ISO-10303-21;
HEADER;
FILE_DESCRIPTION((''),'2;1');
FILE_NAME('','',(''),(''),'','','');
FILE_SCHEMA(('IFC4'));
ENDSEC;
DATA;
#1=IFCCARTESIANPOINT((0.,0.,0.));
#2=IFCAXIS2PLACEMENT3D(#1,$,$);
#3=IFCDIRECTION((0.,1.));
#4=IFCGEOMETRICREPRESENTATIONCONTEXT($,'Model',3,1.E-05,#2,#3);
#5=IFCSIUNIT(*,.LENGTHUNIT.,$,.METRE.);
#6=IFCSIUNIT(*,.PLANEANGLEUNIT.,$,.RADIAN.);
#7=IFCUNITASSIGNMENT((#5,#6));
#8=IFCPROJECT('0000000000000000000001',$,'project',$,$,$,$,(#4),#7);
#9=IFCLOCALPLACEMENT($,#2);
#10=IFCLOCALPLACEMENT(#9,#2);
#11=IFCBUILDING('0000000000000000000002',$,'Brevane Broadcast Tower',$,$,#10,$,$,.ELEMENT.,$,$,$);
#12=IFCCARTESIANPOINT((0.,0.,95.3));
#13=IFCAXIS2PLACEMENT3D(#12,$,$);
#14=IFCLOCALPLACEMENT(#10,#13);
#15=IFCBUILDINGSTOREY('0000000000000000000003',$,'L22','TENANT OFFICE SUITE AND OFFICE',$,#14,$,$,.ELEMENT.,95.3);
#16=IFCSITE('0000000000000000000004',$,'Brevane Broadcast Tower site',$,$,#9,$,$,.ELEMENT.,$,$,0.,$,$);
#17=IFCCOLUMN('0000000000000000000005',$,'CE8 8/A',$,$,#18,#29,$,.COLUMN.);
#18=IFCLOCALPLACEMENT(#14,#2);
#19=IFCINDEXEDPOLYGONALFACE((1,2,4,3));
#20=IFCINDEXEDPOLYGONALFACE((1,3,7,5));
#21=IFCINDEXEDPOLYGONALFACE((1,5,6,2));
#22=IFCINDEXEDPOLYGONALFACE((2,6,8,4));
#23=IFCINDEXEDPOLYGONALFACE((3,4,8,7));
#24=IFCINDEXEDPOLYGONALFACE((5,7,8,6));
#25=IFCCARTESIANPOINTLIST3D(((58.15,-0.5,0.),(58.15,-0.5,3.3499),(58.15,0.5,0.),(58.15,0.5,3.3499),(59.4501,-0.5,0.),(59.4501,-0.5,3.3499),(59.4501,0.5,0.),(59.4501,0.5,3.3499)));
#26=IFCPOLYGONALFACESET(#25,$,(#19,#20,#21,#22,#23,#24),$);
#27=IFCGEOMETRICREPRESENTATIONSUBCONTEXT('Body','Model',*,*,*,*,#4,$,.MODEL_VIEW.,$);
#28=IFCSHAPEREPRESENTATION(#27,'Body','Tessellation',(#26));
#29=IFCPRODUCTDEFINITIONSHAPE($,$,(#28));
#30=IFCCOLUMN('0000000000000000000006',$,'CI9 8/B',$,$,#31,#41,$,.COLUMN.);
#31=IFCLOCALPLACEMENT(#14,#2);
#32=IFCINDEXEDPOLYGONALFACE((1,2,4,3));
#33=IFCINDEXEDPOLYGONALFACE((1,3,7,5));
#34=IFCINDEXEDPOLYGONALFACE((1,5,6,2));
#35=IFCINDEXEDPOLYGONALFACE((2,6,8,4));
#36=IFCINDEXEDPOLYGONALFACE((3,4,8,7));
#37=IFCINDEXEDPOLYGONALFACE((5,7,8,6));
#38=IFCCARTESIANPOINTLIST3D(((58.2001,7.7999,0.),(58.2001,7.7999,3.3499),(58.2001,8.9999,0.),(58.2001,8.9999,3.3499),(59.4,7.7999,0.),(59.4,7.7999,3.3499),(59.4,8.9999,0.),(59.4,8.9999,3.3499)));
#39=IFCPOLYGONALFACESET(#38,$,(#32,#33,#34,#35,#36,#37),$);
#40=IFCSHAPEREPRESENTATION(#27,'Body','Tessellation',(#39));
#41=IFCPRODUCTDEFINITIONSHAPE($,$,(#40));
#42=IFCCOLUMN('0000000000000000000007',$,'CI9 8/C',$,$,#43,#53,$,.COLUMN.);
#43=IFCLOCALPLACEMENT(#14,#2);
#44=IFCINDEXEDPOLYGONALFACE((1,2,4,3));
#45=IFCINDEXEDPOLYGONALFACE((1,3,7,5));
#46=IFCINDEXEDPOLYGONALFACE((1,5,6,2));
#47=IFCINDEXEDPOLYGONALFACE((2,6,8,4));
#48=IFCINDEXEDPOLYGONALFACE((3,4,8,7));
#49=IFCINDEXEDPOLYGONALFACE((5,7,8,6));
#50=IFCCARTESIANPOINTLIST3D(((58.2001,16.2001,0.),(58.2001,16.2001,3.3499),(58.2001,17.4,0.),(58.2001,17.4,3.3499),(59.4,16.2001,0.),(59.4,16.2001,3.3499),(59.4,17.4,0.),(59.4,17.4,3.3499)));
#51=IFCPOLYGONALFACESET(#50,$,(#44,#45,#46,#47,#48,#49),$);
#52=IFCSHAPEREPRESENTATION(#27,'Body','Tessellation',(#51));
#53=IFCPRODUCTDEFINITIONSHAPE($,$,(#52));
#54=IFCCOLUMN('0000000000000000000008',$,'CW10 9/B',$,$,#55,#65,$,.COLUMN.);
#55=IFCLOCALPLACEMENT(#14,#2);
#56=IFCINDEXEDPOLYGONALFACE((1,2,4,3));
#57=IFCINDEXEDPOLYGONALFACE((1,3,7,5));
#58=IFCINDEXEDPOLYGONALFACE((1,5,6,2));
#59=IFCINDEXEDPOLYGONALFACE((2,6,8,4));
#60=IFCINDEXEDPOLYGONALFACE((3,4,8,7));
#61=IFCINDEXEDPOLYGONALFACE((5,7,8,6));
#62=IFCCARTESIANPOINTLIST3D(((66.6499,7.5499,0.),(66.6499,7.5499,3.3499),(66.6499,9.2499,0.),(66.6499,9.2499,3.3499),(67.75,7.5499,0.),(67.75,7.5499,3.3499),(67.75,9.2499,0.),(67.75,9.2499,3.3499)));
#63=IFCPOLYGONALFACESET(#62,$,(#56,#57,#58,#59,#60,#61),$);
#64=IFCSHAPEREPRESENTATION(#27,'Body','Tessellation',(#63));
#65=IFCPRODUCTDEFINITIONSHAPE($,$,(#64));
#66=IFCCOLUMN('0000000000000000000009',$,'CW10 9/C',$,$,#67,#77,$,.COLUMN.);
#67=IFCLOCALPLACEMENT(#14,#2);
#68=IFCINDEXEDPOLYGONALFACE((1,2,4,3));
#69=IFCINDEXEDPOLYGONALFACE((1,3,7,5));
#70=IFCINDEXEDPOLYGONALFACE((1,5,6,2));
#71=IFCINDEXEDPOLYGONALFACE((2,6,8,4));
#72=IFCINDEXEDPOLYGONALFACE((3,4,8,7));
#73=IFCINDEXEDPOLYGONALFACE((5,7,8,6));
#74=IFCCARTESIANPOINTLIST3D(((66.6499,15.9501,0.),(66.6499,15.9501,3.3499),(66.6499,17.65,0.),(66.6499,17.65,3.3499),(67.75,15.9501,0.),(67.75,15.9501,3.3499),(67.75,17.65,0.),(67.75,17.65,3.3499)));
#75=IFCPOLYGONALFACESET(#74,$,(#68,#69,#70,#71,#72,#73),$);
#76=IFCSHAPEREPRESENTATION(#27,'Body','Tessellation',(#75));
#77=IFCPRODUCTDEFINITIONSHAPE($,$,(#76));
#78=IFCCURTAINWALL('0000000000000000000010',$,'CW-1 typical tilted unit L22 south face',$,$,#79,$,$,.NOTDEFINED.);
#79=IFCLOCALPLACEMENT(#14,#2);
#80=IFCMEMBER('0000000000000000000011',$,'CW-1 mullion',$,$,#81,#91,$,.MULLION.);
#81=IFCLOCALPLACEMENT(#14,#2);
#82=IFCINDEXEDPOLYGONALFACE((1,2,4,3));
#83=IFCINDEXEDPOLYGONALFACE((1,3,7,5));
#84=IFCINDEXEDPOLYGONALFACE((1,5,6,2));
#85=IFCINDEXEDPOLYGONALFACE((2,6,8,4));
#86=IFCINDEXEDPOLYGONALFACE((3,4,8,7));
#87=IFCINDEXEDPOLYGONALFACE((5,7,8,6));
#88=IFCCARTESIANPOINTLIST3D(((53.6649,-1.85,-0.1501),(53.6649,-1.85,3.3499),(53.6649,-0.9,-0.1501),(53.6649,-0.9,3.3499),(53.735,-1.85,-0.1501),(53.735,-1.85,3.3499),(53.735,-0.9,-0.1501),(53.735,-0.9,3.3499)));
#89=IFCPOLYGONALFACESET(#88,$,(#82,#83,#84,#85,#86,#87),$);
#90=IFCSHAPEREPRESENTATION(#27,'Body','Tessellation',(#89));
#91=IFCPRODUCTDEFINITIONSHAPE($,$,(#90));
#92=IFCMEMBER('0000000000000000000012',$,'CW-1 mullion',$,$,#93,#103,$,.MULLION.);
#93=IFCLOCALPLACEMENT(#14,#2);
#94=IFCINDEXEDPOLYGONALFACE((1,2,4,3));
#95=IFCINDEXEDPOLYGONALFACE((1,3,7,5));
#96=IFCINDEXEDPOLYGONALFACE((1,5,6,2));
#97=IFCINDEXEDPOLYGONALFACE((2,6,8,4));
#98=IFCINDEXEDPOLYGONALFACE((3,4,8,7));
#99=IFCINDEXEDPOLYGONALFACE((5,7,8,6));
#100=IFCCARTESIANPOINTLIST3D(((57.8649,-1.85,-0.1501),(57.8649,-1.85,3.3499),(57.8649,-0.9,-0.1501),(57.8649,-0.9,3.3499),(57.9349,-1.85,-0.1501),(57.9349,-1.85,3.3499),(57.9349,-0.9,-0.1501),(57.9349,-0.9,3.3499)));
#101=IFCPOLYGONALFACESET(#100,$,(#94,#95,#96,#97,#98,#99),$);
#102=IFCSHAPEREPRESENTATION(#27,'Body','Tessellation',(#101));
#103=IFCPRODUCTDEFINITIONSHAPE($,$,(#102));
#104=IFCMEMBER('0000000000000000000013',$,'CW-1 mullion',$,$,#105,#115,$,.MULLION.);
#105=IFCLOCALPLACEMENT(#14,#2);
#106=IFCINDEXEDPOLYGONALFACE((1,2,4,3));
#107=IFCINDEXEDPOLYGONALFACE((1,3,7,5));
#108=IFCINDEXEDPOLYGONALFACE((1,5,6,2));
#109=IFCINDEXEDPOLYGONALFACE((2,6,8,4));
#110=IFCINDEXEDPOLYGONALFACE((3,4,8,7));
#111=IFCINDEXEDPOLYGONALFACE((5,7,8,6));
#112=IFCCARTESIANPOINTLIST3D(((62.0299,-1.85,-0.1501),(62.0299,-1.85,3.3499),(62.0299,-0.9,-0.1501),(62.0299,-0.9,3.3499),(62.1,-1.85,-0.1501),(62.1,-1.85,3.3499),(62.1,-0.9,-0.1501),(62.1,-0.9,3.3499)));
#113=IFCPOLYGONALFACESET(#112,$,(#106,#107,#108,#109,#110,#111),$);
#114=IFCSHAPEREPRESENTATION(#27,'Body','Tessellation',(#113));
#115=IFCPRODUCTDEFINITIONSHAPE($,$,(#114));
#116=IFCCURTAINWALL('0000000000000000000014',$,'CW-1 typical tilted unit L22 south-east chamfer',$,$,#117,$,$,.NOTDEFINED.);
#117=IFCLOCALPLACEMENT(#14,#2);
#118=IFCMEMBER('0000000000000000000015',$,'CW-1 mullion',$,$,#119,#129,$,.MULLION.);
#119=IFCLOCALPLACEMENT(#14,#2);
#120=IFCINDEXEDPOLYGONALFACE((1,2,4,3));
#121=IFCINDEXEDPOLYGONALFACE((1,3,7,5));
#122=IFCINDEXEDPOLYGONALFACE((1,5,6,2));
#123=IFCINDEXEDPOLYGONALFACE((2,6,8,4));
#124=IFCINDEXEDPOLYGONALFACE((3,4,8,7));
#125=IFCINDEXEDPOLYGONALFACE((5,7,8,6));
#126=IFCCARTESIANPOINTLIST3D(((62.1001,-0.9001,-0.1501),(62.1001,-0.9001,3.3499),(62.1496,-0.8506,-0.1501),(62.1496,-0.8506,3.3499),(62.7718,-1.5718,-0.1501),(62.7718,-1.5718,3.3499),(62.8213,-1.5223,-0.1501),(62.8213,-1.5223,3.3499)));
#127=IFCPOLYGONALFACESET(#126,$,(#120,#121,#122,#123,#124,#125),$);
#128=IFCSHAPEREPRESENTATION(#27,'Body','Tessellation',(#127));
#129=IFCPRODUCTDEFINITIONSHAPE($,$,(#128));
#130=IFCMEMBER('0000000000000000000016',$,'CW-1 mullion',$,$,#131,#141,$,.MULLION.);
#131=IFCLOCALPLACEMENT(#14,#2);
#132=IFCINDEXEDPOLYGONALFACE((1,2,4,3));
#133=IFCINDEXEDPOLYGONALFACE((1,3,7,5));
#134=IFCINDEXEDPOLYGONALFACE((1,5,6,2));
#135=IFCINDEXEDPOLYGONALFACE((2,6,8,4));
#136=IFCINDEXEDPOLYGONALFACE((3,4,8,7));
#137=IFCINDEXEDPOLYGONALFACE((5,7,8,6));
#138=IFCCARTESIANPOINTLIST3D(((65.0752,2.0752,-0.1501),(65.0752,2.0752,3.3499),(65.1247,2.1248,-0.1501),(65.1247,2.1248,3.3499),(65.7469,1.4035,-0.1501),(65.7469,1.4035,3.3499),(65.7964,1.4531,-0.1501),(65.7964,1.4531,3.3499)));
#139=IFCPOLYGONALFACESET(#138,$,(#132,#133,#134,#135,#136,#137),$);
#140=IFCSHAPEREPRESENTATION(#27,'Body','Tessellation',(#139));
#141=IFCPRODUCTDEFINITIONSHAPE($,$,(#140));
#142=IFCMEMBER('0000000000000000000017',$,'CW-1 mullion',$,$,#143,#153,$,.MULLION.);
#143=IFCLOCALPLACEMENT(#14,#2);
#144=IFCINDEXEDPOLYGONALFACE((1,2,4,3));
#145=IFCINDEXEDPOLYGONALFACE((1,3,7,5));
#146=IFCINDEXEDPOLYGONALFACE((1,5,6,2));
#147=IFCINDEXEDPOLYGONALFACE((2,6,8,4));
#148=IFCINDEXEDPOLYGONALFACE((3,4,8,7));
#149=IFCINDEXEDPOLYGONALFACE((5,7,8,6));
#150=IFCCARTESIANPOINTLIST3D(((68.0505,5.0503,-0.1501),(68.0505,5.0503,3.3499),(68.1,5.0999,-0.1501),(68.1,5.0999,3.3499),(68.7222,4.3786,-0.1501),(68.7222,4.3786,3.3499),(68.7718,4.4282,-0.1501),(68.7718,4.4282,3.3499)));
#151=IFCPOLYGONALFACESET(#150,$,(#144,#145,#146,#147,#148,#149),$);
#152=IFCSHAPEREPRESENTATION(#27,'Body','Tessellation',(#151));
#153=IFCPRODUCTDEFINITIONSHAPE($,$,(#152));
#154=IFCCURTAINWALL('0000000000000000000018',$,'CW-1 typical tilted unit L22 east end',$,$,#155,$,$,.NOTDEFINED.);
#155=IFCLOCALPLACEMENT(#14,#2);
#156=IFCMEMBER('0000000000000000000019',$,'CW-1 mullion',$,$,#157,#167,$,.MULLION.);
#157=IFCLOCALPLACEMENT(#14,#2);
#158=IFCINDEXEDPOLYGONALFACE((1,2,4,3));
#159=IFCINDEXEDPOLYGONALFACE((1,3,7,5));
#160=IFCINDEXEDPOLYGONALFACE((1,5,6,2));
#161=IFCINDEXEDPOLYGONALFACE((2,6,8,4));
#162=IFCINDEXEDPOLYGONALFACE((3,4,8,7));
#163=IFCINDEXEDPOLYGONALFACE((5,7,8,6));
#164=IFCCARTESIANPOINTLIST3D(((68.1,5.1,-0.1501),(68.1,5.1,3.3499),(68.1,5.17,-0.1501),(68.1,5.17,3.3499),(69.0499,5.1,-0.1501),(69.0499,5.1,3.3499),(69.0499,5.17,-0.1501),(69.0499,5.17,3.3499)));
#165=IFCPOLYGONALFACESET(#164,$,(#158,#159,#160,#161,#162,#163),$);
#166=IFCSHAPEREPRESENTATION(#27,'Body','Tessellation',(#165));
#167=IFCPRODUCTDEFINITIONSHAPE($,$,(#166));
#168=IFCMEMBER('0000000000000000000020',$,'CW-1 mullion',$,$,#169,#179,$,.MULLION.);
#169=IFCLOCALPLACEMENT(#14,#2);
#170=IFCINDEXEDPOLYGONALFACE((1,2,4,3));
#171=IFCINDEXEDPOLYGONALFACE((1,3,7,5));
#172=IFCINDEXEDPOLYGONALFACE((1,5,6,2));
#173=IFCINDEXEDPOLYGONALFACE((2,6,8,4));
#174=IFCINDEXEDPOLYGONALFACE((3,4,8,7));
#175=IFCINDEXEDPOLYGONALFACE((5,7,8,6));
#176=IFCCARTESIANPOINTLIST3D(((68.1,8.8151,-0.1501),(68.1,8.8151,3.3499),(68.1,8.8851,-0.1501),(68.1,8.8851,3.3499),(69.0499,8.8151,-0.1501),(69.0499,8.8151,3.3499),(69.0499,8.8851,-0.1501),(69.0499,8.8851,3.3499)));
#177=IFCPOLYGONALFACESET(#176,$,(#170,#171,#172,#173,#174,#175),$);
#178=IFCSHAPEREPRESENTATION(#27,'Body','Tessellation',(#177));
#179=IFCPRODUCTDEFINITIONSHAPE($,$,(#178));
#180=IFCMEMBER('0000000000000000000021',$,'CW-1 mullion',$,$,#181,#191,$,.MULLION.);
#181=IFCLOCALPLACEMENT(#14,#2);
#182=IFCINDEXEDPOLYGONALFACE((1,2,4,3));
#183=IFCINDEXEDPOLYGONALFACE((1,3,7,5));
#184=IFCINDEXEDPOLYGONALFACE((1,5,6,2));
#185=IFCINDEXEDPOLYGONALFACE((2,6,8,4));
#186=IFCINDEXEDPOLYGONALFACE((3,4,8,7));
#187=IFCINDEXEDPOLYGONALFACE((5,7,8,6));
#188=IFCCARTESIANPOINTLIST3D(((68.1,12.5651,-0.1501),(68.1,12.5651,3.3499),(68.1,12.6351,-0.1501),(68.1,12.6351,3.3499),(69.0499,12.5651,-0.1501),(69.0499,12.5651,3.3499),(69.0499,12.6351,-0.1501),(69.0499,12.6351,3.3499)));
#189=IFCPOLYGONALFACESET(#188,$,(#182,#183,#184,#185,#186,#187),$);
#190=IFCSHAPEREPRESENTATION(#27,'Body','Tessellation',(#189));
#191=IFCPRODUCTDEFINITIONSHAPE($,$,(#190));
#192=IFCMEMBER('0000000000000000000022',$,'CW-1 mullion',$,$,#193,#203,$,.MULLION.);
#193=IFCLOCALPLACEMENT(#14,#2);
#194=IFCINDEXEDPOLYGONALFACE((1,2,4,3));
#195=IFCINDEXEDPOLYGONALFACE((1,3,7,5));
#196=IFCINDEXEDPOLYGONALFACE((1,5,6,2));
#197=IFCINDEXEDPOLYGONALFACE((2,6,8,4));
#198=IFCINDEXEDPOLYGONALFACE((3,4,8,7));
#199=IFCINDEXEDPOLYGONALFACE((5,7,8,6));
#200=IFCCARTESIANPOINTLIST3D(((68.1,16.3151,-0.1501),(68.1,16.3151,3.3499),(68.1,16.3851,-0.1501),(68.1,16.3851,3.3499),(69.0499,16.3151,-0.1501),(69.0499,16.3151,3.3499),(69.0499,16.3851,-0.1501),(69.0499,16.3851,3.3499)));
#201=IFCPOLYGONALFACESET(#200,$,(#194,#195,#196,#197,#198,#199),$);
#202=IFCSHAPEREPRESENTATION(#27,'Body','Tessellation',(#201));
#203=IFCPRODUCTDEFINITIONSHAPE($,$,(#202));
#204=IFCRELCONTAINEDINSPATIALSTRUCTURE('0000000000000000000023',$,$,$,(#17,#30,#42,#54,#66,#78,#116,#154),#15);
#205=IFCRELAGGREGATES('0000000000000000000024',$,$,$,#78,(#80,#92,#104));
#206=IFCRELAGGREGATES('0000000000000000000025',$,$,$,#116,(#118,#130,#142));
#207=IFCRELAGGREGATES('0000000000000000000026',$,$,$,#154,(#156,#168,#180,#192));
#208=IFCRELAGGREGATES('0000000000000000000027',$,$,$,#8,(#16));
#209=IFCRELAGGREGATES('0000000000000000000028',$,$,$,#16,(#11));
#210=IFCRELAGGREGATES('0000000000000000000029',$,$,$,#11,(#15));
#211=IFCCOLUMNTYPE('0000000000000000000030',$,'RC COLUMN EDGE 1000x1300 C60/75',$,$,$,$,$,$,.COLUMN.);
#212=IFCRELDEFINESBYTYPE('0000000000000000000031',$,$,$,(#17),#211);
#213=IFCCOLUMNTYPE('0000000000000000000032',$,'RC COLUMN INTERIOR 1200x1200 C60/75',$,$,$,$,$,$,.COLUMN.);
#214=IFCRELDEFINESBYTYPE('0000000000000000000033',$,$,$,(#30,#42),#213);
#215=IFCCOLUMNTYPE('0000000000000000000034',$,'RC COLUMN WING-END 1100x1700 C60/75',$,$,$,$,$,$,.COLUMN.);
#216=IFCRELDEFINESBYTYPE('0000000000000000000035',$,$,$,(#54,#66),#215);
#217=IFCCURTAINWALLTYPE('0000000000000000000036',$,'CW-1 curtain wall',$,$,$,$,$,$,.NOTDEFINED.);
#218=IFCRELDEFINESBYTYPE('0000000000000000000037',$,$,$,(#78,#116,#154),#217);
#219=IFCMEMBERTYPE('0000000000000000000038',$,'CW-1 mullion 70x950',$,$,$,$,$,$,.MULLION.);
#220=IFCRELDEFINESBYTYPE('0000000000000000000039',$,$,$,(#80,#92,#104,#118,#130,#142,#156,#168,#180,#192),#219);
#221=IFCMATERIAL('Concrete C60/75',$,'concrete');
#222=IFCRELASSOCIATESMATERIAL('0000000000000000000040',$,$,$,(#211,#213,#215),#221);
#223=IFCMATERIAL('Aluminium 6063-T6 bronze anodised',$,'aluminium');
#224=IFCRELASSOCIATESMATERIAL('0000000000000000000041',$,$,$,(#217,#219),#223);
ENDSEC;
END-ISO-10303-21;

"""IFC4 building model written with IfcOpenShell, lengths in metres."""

from ifc_helpers import new_model, si_unit, direction, frame, origin, origin_2d, place, context, subcontext, project, spatial, rectangle, extrude, material, material_profile, profile_set, type_object, element, aggregate, save


model = new_model("IFC4")

# Units and contexts
model_context = context("Model", 3, precision=1e-05, world=origin(), true_north=direction((0.0, 1.0)))
body_context = subcontext(model_context, "Body", "Model", "MODEL_VIEW")
ifc_project = project(units=[si_unit("LENGTHUNIT", "METRE"), si_unit("PLANEANGLEUNIT", "RADIAN")], contexts=[model_context])

# Site, building, storey
site_placement = place(None, origin())
site = spatial("IfcSite", under=ifc_project, at=site_placement, Name="Brevane Broadcast Tower site", CompositionType="ELEMENT", RefElevation=0.0)
building_placement = place(site_placement, origin())
building = spatial("IfcBuilding", under=site, at=building_placement, Name="Brevane Broadcast Tower", CompositionType="ELEMENT")
storey_placement = place(building_placement, frame((0.0, 0.0, 95.3)))
storey = spatial("IfcBuildingStorey", under=building, at=storey_placement, Name="L22", Description="TENANT OFFICE SUITE AND OFFICE", CompositionType="ELEMENT", Elevation=95.3)

# Columns
ifc_material_1 = material(Name="Concrete C60/75", Category="concrete")
ifc_material_profile_1 = material_profile(ifc_material_1, rectangle(XDim=1.0, YDim=1.3, at=origin_2d()), Name="RC 1000x1300")
ifc_profile_set_1 = profile_set([ifc_material_profile_1], Name="Concrete C60/75")
column_type_1 = type_object("IfcColumnType", Name="RC COLUMN EDGE 1000x1300 C60/75", PredefinedType="COLUMN", material=ifc_profile_set_1)
column_placement = place(storey_placement, frame((58.8, 0.0, 0.0), z_axis=(0.0, 0.0, 1.0), x_axis=(0.0, 1.0, 0.0)))
element("IfcColumn", 1, at=column_placement, inside=storey, type_object=column_type_1, Name="CE8 8/A", PredefinedType="COLUMN", context=body_context, shape_type="SweptSolid", body=[
    extrude(rectangle(XDim=1.0, YDim=1.3, at=origin_2d()), origin(), (0.0, 0.0, 1.0), 3.3499),
])
ifc_material_profile_2 = material_profile(ifc_material_1, rectangle(XDim=1.2, YDim=1.2, at=origin_2d()), Name="RC 1200x1200")
ifc_profile_set_2 = profile_set([ifc_material_profile_2], Name="Concrete C60/75")
column_type_2 = type_object("IfcColumnType", Name="RC COLUMN INTERIOR 1200x1200 C60/75", PredefinedType="COLUMN", material=ifc_profile_set_2)
for number, where, z_axis, x_axis, name in (
    (2, (58.8, 8.3999, 0.0), (0.0, 0.0, 1.0), (1.0, 0.0, 0.0), "CI9 8/B"),
    (3, (58.8, 16.8, 0.0), (0.0, 0.0, 1.0), (1.0, 0.0, 0.0), "CI9 8/C"),
):
    element("IfcColumn", number, at=place(storey_placement, frame(where, z_axis=z_axis, x_axis=x_axis)), inside=storey, type_object=column_type_2, Name=name, PredefinedType="COLUMN", context=body_context, shape_type="SweptSolid", body=[
        extrude(rectangle(XDim=1.2, YDim=1.2, at=origin_2d()), origin(), (0.0, 0.0, 1.0), 3.3499),
    ])
ifc_material_profile_3 = material_profile(ifc_material_1, rectangle(XDim=1.1001, YDim=1.7, at=origin_2d()), Name="RC 1100x1700")
ifc_profile_set_3 = profile_set([ifc_material_profile_3], Name="Concrete C60/75")
column_type_3 = type_object("IfcColumnType", Name="RC COLUMN WING-END 1100x1700 C60/75", PredefinedType="COLUMN", material=ifc_profile_set_3)
for number, where, z_axis, x_axis, name in (
    (4, (67.2, 8.3999, 0.0), (0.0, 0.0, 1.0), (1.0, 0.0, 0.0), "CW10 9/B"),
    (5, (67.2, 16.8, 0.0), (0.0, 0.0, 1.0), (1.0, 0.0, 0.0), "CW10 9/C"),
):
    element("IfcColumn", number, at=place(storey_placement, frame(where, z_axis=z_axis, x_axis=x_axis)), inside=storey, type_object=column_type_3, Name=name, PredefinedType="COLUMN", context=body_context, shape_type="SweptSolid", body=[
        extrude(rectangle(XDim=1.1001, YDim=1.7, at=origin_2d()), origin(), (0.0, 0.0, 1.0), 3.3499),
    ])

# Curtain walls, members
ifc_material_2 = material(Name="Aluminium 6063-T6 bronze anodised", Category="aluminium")
curtain_wall_type = type_object("IfcCurtainWallType", Name="CW-1 curtain wall", PredefinedType="NOTDEFINED", material=ifc_material_2)
curtain_wall_1_placement = place(storey_placement, origin())
curtain_wall_1 = element("IfcCurtainWall", 6, at=curtain_wall_1_placement, inside=storey, type_object=curtain_wall_type, Name="CW-1 typical tilted unit L22 south face", PredefinedType="NOTDEFINED")
ifc_material_profile_4 = material_profile(ifc_material_2, rectangle(XDim=0.95, YDim=0.0701, at=origin_2d()), Name="RECT 70x950")
ifc_profile_set_4 = profile_set([ifc_material_profile_4], Name="Aluminium 6063-T6 bronze anodised")
member_type_1 = type_object("IfcMemberType", Name="CW-1 mullion 70x950", PredefinedType="MULLION", material=ifc_profile_set_4)
member_1_placement = place(storey_placement, frame((53.7, -1.375, -0.1501), z_axis=(0.0, 0.0, 1.0), x_axis=(0.0, 1.0, 0.0)))
member_1 = element("IfcMember", 7, at=member_1_placement, type_object=member_type_1, Name="CW-1 mullion", PredefinedType="MULLION", context=body_context, shape_type="SweptSolid", body=[
    extrude(rectangle(XDim=0.95, YDim=0.0701, at=origin_2d()), origin(), (0.0, 0.0, 1.0), 3.5),
])
member_2_placement = place(storey_placement, frame((57.8999, -1.375, -0.1501), z_axis=(0.0, 0.0, 1.0), x_axis=(0.0, 1.0, 0.0)))
member_2 = element("IfcMember", 8, at=member_2_placement, type_object=member_type_1, Name="CW-1 mullion", PredefinedType="MULLION", context=body_context, shape_type="SweptSolid", body=[
    extrude(rectangle(XDim=0.95, YDim=0.0701, at=origin_2d()), origin(), (0.0, 0.0, 1.0), 3.5),
])
member_3_placement = place(storey_placement, frame((62.0649, -1.375, -0.1501), z_axis=(0.0, 0.0, 1.0), x_axis=(0.0, 1.0, 0.0)))
member_3 = element("IfcMember", 9, at=member_3_placement, type_object=member_type_1, Name="CW-1 mullion", PredefinedType="MULLION", context=body_context, shape_type="SweptSolid", body=[
    extrude(rectangle(XDim=0.95, YDim=0.0701, at=origin_2d()), origin(), (0.0, 0.0, 1.0), 3.5),
])
aggregate(curtain_wall_1, [member_1, member_2, member_3])
curtain_wall_2_placement = place(storey_placement, origin())
curtain_wall_2 = element("IfcCurtainWall", 10, at=curtain_wall_2_placement, inside=storey, type_object=curtain_wall_type, Name="CW-1 typical tilted unit L22 south-east chamfer", PredefinedType="NOTDEFINED")
member_4_placement = place(storey_placement, frame((62.4607, -1.2112, -0.1501), z_axis=(0.0, 0.0, 1.0), x_axis=(-0.707107, 0.707107, 0.0)))
member_4 = element("IfcMember", 11, at=member_4_placement, type_object=member_type_1, Name="CW-1 mullion", PredefinedType="MULLION", context=body_context, shape_type="SweptSolid", body=[
    extrude(rectangle(XDim=0.95, YDim=0.0701, at=origin_2d()), origin(), (0.0, 0.0, 1.0), 3.5),
])
member_5_placement = place(storey_placement, frame((65.4358, 1.7642, -0.1501), z_axis=(0.0, 0.0, 1.0), x_axis=(-0.707107, 0.707107, 0.0)))
member_5 = element("IfcMember", 12, at=member_5_placement, type_object=member_type_1, Name="CW-1 mullion", PredefinedType="MULLION", context=body_context, shape_type="SweptSolid", body=[
    extrude(rectangle(XDim=0.95, YDim=0.0701, at=origin_2d()), origin(), (0.0, 0.0, 1.0), 3.5),
])
member_6_placement = place(storey_placement, frame((68.4111, 4.7393, -0.1501), z_axis=(0.0, 0.0, 1.0), x_axis=(-0.707107, 0.707107, 0.0)))
member_6 = element("IfcMember", 13, at=member_6_placement, type_object=member_type_1, Name="CW-1 mullion", PredefinedType="MULLION", context=body_context, shape_type="SweptSolid", body=[
    extrude(rectangle(XDim=0.95, YDim=0.0701, at=origin_2d()), origin(), (0.0, 0.0, 1.0), 3.5),
])
curtain_wall_3_placement = place(storey_placement, origin())
curtain_wall_3 = element("IfcCurtainWall", 14, at=curtain_wall_3_placement, inside=storey, type_object=curtain_wall_type, Name="CW-1 typical tilted unit L22 east end", PredefinedType="NOTDEFINED")
member_7_placement = place(storey_placement, frame((68.575, 5.135, -0.1501), z_axis=(0.0, 0.0, 1.0), x_axis=(-1.0, 0.0, 0.0)))
member_7 = element("IfcMember", 15, at=member_7_placement, type_object=member_type_1, Name="CW-1 mullion", PredefinedType="MULLION", context=body_context, shape_type="SweptSolid", body=[
    extrude(rectangle(XDim=0.95, YDim=0.0701, at=origin_2d()), origin(), (0.0, 0.0, 1.0), 3.5),
])
member_8_placement = place(storey_placement, frame((68.575, 8.8501, -0.1501), z_axis=(0.0, 0.0, 1.0), x_axis=(-1.0, 0.0, 0.0)))
member_8 = element("IfcMember", 16, at=member_8_placement, type_object=member_type_1, Name="CW-1 mullion", PredefinedType="MULLION", context=body_context, shape_type="SweptSolid", body=[
    extrude(rectangle(XDim=0.95, YDim=0.0701, at=origin_2d()), origin(), (0.0, 0.0, 1.0), 3.5),
])
member_9_placement = place(storey_placement, frame((68.575, 12.6001, -0.1501), z_axis=(0.0, 0.0, 1.0), x_axis=(-1.0, 0.0, 0.0)))
member_9 = element("IfcMember", 17, at=member_9_placement, type_object=member_type_1, Name="CW-1 mullion", PredefinedType="MULLION", context=body_context, shape_type="SweptSolid", body=[
    extrude(rectangle(XDim=0.95, YDim=0.0701, at=origin_2d()), origin(), (0.0, 0.0, 1.0), 3.5),
])
member_10_placement = place(storey_placement, frame((68.575, 16.3501, -0.1501), z_axis=(0.0, 0.0, 1.0), x_axis=(-1.0, 0.0, 0.0)))
member_10 = element("IfcMember", 18, at=member_10_placement, type_object=member_type_1, Name="CW-1 mullion", PredefinedType="MULLION", context=body_context, shape_type="SweptSolid", body=[
    extrude(rectangle(XDim=0.95, YDim=0.0701, at=origin_2d()), origin(), (0.0, 0.0, 1.0), 3.5),
])

aggregate(curtain_wall_2, [member_4, member_5, member_6])
aggregate(curtain_wall_3, [member_7, member_8, member_9, member_10])

save(model, "model.ifc")
